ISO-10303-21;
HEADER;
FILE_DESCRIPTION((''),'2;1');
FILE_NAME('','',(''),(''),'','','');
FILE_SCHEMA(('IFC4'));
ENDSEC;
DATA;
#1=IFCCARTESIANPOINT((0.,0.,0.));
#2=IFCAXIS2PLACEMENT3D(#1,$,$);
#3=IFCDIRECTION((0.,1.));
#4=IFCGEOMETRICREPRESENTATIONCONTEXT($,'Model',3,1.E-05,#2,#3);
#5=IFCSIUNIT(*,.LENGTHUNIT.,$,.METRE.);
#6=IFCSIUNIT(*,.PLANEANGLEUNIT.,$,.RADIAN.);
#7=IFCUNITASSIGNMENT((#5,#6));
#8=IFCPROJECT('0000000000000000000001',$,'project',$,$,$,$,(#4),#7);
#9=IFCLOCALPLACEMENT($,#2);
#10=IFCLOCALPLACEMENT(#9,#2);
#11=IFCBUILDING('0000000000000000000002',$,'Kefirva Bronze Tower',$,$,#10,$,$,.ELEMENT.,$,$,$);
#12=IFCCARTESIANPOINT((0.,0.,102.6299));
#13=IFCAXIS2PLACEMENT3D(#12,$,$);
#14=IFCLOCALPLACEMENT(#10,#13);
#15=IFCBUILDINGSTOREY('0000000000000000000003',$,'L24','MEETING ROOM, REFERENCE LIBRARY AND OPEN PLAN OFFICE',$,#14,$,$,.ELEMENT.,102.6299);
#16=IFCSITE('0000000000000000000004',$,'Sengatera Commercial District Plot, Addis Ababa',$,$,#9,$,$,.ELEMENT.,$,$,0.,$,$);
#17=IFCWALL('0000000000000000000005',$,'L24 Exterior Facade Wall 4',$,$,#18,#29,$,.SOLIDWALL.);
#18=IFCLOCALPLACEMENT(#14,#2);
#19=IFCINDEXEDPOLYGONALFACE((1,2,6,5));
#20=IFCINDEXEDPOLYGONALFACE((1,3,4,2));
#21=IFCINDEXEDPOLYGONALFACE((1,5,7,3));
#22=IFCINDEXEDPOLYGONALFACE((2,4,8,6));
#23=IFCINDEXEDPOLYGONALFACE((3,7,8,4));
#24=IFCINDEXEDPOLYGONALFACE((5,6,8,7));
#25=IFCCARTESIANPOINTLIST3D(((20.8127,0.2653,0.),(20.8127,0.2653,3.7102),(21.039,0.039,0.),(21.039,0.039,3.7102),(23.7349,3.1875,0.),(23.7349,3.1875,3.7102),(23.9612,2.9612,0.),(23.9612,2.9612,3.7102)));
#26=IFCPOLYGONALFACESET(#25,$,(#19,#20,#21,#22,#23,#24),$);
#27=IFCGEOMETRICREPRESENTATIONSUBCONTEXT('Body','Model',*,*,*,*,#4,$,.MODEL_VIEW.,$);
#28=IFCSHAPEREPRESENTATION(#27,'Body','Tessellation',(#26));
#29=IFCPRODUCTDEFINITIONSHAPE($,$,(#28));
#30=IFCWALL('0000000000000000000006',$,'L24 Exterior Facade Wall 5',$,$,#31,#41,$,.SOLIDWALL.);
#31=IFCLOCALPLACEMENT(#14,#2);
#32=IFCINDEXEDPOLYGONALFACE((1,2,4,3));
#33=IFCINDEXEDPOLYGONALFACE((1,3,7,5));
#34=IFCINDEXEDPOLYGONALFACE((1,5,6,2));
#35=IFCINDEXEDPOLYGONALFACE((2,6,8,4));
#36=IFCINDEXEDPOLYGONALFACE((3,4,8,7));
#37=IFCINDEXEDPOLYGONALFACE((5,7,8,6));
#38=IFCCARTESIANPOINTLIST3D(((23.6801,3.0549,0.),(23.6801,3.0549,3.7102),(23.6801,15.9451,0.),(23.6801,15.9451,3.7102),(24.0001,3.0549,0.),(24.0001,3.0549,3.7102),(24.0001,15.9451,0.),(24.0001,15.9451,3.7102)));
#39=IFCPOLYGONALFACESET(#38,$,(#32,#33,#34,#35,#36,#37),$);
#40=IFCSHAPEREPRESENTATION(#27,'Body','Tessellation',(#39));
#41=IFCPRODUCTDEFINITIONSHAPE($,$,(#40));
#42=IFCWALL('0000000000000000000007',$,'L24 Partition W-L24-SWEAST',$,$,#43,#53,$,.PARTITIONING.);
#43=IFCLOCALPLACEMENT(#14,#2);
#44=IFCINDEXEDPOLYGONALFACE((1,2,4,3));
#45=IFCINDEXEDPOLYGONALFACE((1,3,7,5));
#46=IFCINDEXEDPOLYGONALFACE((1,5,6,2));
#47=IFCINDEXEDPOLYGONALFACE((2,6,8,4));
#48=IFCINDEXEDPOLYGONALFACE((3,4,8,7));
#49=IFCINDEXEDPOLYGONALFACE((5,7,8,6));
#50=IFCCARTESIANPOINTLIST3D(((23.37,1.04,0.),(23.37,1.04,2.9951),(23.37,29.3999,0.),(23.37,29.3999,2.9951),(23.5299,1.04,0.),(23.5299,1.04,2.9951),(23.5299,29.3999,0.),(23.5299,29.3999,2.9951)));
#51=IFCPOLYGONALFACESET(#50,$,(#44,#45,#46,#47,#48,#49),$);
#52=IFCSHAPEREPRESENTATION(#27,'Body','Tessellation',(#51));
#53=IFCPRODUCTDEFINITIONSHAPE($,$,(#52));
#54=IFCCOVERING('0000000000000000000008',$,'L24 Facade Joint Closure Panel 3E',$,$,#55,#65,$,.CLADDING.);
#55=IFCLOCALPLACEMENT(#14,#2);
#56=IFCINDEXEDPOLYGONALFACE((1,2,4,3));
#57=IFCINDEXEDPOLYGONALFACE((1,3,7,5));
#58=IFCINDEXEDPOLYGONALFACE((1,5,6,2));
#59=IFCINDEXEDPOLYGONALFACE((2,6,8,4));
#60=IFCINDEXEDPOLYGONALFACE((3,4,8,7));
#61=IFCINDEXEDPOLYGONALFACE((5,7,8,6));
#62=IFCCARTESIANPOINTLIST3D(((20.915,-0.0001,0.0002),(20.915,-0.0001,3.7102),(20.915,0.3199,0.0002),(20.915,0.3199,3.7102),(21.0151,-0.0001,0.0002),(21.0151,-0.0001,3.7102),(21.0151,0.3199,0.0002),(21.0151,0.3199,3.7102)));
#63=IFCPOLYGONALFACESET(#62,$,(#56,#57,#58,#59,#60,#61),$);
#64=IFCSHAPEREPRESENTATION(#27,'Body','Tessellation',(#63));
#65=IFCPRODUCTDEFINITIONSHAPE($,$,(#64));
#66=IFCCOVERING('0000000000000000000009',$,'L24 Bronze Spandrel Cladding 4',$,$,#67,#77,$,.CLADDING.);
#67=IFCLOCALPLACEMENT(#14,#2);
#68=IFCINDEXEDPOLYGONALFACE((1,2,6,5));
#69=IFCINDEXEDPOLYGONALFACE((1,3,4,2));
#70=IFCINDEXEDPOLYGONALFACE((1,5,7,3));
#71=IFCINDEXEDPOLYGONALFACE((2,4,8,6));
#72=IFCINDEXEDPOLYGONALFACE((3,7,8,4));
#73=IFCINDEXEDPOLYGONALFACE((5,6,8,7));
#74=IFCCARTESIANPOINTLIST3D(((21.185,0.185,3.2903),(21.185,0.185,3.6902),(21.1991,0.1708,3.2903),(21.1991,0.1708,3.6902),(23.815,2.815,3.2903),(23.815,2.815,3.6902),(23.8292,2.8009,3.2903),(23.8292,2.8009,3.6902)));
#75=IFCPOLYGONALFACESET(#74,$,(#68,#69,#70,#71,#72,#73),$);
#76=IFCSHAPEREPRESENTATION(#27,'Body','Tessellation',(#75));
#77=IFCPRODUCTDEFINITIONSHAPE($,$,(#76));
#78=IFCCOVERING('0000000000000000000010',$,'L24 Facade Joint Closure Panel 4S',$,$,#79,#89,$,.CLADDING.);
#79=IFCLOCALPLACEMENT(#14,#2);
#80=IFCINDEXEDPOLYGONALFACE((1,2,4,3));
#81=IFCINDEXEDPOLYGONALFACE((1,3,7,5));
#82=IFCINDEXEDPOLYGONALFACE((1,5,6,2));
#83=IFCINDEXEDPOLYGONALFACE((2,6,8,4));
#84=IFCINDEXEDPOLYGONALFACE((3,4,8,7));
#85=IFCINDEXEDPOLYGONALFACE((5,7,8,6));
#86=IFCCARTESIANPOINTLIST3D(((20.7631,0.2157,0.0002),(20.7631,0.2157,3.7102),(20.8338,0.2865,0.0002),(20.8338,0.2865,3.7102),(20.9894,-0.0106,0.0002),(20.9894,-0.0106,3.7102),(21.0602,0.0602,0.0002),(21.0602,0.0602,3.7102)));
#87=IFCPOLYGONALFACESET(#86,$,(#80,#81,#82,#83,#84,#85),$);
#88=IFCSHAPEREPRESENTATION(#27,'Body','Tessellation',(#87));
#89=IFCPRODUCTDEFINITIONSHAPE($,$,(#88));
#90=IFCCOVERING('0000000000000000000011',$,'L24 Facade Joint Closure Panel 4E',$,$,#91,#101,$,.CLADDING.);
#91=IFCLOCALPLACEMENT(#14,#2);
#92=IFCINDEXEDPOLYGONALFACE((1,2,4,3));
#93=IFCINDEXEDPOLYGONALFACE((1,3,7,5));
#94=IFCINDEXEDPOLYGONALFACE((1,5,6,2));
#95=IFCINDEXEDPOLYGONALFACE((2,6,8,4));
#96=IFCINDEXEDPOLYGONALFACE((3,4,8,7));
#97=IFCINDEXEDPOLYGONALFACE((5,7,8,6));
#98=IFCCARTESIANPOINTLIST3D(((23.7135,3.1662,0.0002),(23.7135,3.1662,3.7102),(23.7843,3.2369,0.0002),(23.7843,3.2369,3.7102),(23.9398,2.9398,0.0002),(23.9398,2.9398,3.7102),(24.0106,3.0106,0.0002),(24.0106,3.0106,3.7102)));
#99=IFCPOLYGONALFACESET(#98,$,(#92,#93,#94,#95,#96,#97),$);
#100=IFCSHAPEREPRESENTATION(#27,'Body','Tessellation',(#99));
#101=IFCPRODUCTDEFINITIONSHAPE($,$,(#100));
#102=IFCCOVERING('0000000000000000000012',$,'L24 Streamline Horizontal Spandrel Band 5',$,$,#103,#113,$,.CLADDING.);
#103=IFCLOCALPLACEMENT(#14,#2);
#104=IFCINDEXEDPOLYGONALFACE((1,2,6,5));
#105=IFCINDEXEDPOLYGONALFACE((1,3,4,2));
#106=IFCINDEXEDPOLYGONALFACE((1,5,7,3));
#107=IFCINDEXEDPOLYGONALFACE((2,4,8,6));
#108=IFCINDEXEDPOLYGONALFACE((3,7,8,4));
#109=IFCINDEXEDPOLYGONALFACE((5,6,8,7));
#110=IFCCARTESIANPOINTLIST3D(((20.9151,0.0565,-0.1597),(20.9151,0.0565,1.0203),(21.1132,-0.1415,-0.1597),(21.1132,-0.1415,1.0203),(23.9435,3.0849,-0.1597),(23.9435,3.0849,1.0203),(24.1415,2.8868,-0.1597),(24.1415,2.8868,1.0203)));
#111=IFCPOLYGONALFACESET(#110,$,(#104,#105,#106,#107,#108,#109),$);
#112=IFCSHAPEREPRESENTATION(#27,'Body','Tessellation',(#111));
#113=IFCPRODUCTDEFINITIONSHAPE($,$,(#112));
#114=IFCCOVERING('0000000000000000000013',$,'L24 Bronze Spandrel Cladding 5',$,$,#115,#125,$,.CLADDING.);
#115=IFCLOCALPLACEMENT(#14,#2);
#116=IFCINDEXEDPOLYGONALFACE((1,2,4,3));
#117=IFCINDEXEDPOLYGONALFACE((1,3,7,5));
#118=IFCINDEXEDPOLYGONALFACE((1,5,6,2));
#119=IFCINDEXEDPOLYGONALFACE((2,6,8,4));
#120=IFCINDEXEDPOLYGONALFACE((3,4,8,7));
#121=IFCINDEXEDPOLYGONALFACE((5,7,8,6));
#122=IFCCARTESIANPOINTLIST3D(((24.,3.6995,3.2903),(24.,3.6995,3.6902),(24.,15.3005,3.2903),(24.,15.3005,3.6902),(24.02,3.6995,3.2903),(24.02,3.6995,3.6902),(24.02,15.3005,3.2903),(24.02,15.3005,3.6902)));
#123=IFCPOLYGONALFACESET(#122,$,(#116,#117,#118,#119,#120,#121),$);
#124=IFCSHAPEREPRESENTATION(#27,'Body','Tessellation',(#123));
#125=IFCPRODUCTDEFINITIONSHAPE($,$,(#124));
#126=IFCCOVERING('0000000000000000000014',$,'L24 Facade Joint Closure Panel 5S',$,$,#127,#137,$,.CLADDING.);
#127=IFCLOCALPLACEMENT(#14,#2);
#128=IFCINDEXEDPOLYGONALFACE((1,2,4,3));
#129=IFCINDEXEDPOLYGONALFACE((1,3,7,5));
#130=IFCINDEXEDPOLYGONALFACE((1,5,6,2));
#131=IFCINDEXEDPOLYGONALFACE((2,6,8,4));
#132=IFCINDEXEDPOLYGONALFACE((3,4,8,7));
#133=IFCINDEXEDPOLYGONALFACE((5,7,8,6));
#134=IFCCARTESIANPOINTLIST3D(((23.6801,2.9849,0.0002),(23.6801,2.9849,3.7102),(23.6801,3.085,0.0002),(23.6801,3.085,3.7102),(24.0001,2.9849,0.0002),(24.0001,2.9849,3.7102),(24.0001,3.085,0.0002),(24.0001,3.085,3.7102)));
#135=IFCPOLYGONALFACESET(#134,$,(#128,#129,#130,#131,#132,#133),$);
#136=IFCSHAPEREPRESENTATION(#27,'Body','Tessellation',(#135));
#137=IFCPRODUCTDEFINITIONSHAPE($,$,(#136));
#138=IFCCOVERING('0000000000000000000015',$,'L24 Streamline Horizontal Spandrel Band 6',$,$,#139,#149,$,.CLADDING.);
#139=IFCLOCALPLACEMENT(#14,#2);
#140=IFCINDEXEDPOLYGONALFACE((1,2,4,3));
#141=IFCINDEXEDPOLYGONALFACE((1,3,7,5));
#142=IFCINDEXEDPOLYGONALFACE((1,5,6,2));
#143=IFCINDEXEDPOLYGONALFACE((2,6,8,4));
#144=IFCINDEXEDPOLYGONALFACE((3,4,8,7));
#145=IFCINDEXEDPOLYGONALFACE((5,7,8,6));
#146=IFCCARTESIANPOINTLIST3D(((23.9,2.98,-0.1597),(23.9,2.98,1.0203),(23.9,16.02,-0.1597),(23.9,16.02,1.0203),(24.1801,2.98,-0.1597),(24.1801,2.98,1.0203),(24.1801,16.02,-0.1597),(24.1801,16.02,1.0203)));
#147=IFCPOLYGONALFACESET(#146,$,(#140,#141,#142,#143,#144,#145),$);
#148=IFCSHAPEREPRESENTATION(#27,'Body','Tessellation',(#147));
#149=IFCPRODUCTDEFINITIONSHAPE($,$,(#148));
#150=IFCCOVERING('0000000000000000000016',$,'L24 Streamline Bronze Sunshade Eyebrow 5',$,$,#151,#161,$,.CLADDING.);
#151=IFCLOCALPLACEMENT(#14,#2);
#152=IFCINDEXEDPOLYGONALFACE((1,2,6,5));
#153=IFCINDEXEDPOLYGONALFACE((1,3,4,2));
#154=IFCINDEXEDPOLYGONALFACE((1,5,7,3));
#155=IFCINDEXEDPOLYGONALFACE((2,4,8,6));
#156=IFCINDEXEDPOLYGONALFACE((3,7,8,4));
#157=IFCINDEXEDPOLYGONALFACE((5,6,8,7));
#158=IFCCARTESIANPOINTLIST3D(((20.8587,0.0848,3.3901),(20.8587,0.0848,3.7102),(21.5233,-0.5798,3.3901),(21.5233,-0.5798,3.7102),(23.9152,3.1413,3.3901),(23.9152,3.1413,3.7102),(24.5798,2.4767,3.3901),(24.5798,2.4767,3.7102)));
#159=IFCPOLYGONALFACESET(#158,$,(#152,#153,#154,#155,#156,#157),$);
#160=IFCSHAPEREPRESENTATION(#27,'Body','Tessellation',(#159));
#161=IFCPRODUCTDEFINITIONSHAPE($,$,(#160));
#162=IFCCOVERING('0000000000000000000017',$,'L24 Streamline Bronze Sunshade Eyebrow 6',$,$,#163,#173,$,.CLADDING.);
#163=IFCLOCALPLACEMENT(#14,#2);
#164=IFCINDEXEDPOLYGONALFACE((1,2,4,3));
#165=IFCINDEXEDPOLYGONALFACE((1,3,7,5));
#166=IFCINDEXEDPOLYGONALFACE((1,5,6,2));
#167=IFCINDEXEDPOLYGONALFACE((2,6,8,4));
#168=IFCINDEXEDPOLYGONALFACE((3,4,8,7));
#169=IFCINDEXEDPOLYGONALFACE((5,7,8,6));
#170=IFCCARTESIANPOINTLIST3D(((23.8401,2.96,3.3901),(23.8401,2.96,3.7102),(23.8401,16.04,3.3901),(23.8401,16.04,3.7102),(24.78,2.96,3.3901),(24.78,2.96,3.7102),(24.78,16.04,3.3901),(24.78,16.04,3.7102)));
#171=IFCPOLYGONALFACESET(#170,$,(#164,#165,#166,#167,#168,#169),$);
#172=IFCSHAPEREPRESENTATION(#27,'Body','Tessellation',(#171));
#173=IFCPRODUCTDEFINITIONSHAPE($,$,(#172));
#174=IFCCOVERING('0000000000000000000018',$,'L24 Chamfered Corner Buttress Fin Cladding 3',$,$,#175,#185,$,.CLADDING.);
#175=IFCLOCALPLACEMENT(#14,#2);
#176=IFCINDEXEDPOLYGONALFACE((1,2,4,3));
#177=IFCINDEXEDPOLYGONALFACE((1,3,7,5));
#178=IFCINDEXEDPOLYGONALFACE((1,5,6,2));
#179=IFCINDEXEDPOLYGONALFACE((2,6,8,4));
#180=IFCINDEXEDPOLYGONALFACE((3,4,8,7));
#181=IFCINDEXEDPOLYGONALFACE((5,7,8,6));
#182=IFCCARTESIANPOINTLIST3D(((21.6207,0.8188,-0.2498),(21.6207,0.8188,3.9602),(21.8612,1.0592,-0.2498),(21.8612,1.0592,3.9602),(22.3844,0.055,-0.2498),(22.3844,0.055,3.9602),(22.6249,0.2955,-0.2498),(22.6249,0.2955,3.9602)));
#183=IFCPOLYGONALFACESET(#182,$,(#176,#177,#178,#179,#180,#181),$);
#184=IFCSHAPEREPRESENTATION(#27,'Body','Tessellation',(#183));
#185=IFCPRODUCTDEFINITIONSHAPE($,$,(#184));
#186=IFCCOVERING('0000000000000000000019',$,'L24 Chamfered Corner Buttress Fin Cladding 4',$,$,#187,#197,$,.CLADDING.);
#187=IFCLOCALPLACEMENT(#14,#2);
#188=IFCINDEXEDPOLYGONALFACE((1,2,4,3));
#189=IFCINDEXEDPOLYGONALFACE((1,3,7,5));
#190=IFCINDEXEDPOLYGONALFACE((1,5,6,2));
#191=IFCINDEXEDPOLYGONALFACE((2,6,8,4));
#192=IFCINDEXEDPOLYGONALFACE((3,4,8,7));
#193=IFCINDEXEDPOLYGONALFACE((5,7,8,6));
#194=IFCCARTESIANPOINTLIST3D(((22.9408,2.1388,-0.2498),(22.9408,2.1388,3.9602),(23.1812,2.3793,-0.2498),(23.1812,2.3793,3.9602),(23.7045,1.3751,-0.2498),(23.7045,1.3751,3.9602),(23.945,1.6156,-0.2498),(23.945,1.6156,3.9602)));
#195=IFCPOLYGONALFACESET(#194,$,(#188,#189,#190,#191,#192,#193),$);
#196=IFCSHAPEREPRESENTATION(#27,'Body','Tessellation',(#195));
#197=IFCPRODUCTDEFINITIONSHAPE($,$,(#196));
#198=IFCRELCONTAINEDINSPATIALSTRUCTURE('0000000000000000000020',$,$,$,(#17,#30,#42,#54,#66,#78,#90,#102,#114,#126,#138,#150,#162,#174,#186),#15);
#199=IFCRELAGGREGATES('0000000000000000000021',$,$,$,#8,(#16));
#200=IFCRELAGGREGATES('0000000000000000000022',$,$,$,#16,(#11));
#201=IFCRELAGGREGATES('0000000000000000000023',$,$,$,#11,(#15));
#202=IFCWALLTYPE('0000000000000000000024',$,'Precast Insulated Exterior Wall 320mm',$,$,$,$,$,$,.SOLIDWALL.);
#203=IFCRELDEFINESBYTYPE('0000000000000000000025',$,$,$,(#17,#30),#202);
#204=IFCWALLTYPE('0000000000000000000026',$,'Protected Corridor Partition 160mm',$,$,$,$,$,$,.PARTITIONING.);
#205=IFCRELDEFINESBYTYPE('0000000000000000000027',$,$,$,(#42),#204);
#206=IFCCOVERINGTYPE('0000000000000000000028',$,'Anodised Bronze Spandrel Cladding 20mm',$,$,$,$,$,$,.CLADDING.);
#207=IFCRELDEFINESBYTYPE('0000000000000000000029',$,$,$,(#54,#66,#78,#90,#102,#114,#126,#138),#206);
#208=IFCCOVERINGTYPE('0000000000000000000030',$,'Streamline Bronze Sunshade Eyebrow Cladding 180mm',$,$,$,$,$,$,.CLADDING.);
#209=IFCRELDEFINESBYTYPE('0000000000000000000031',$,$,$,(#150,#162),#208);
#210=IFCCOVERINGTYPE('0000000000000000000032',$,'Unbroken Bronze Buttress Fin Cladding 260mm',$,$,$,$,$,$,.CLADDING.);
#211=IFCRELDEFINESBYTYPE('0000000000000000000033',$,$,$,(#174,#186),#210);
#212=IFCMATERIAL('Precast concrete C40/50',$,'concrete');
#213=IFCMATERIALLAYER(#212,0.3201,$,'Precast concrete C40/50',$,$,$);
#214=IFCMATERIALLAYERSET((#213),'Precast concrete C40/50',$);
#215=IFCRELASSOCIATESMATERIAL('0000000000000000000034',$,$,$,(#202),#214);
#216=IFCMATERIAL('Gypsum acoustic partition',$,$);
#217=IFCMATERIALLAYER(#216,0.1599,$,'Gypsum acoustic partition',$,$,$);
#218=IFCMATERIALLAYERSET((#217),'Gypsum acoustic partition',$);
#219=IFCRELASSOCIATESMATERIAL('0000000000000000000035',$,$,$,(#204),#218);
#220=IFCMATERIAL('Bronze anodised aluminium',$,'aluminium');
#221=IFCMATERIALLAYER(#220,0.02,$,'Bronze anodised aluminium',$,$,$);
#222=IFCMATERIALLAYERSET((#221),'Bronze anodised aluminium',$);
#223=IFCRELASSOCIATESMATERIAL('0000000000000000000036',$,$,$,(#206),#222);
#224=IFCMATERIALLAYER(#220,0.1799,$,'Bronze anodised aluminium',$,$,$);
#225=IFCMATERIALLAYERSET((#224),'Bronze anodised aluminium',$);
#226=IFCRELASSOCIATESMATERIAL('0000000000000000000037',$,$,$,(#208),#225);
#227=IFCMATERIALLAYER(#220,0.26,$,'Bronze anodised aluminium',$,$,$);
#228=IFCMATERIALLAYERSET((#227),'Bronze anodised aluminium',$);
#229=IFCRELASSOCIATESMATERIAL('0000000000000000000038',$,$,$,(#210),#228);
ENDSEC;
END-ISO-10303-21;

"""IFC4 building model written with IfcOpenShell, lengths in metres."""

from ifc_helpers import new_model, si_unit, direction, frame, frame_2d, origin, origin_2d, place, context, subcontext, project, spatial, rectangle, extrude, material, layer, layer_set, type_object, element, save


model = new_model("IFC4")

# Units and contexts
model_context = context("Model", 3, precision=1e-05, world=origin(), true_north=direction((0.0, 1.0)))
body_context = subcontext(model_context, "Body", "Model", "MODEL_VIEW")
ifc_project = project(units=[si_unit("LENGTHUNIT", "METRE"), si_unit("PLANEANGLEUNIT", "RADIAN")], contexts=[model_context])

# Site, building, storey
site_placement = place(None, origin())
site = spatial("IfcSite", under=ifc_project, at=site_placement, Name="Sengatera Commercial District Plot, Addis Ababa", CompositionType="ELEMENT", RefElevation=0.0)
building_placement = place(site_placement, origin())
building = spatial("IfcBuilding", under=site, at=building_placement, Name="Kefirva Bronze Tower", CompositionType="ELEMENT")
storey_placement = place(building_placement, frame((0.0, 0.0, 102.6299)))
storey = spatial("IfcBuildingStorey", under=building, at=storey_placement, Name="L24", Description="MEETING ROOM, REFERENCE LIBRARY AND OPEN PLAN OFFICE", CompositionType="ELEMENT", Elevation=102.6299)

# Walls
ifc_material_1 = material(Name="Precast concrete C40/50", Category="concrete")
ifc_layer_1 = layer(ifc_material_1, 0.3201, Name="Precast concrete C40/50")
ifc_layer_set_1 = layer_set([ifc_layer_1], Name="Precast concrete C40/50")
wall_type_1 = type_object("IfcWallType", Name="Precast Insulated Exterior Wall 320mm", PredefinedType="SOLIDWALL", material=ifc_layer_set_1)
wall_1_placement = place(storey_placement, frame((20.9258, 0.1521, 0.0), z_axis=(0.0, 0.0, 1.0), x_axis=(0.707107, 0.707107, 0.0)))
element("IfcWall", 1, at=wall_1_placement, inside=storey, type_object=wall_type_1, Name="L24 Exterior Facade Wall 4", PredefinedType="SOLIDWALL", context=body_context, shape_type="SweptSolid", body=[
    extrude(rectangle(XDim=4.1326, YDim=0.3201, at=frame_2d((2.0664, 0.0))), origin(), (0.0, 0.0, 1.0), 3.7102),
])
wall_2_placement = place(storey_placement, frame((23.8401, 3.0549, 0.0), z_axis=(0.0, 0.0, 1.0), x_axis=(0.0, 1.0, 0.0)))
element("IfcWall", 2, at=wall_2_placement, inside=storey, type_object=wall_type_1, Name="L24 Exterior Facade Wall 5", PredefinedType="SOLIDWALL", context=body_context, shape_type="SweptSolid", body=[
    extrude(rectangle(XDim=12.8901, YDim=0.3201, at=frame_2d((6.4451, 0.0))), origin(), (0.0, 0.0, 1.0), 3.7102),
])
ifc_material_2 = material(Name="Gypsum acoustic partition")
ifc_layer_2 = layer(ifc_material_2, 0.1599, Name="Gypsum acoustic partition")
ifc_layer_set_2 = layer_set([ifc_layer_2], Name="Gypsum acoustic partition")
wall_type_2 = type_object("IfcWallType", Name="Protected Corridor Partition 160mm", PredefinedType="PARTITIONING", material=ifc_layer_set_2)
wall_3_placement = place(storey_placement, frame((23.45, 1.04, 0.0), z_axis=(0.0, 0.0, 1.0), x_axis=(0.0, 1.0, 0.0)))
element("IfcWall", 3, at=wall_3_placement, inside=storey, type_object=wall_type_2, Name="L24 Partition W-L24-SWEAST", PredefinedType="PARTITIONING", context=body_context, shape_type="SweptSolid", body=[
    extrude(rectangle(XDim=28.3599, YDim=0.1599, at=frame_2d((14.1799, 0.0))), origin(), (0.0, 0.0, 1.0), 2.9951),
])

# Coverings
ifc_material_3 = material(Name="Bronze anodised aluminium", Category="aluminium")
ifc_layer_3 = layer(ifc_material_3, 0.02, Name="Bronze anodised aluminium")
ifc_layer_set_3 = layer_set([ifc_layer_3], Name="Bronze anodised aluminium")
covering_type_1 = type_object("IfcCoveringType", Name="Anodised Bronze Spandrel Cladding 20mm", PredefinedType="CLADDING", material=ifc_layer_set_3)
covering_1_placement = place(storey_placement, frame((20.9651, 0.1599, 0.0002), z_axis=(0.0, 0.0, 1.0), x_axis=(1.0, 0.0, 0.0)))
element("IfcCovering", 4, at=covering_1_placement, inside=storey, type_object=covering_type_1, Name="L24 Facade Joint Closure Panel 3E", PredefinedType="CLADDING", context=body_context, shape_type="SweptSolid", body=[
    extrude(rectangle(XDim=0.1001, YDim=0.3201, at=origin_2d()), origin(), (0.0, 0.0, 1.0), 3.71),
])
covering_2_placement = place(storey_placement, frame((22.5071, 1.4929, 3.2903), z_axis=(0.0, 0.0, 1.0), x_axis=(0.707107, 0.707107, 0.0)))
element("IfcCovering", 5, at=covering_2_placement, inside=storey, type_object=covering_type_1, Name="L24 Bronze Spandrel Cladding 4", PredefinedType="CLADDING", context=body_context, shape_type="SweptSolid", body=[
    extrude(rectangle(XDim=3.7195, YDim=0.02, at=origin_2d()), origin(), (0.0, 0.0, 1.0), 0.3999),
])
for number, where, z_axis, x_axis, name in (
    (6, (20.9116, 0.1379, 0.0002), (0.0, 0.0, 1.0), (0.707107, 0.707107, 0.0), "L24 Facade Joint Closure Panel 4S"),
    (7, (23.8621, 3.0884, 0.0002), (0.0, 0.0, 1.0), (0.707107, 0.707107, 0.0), "L24 Facade Joint Closure Panel 4E"),
):
    element("IfcCovering", number, at=place(storey_placement, frame(where, z_axis=z_axis, x_axis=x_axis)), inside=storey, type_object=covering_type_1, Name=name, PredefinedType="CLADDING", context=body_context, shape_type="SweptSolid", body=[
        extrude(rectangle(XDim=0.1001, YDim=0.3201, at=origin_2d()), origin(), (0.0, 0.0, 1.0), 3.71),
    ])
covering_3_placement = place(storey_placement, frame((22.5283, 1.4717, -0.1597), z_axis=(0.0, 0.0, 1.0), x_axis=(0.707107, 0.707107, 0.0)))
element("IfcCovering", 8, at=covering_3_placement, inside=storey, type_object=covering_type_1, Name="L24 Streamline Horizontal Spandrel Band 5", PredefinedType="CLADDING", context=body_context, shape_type="SweptSolid", body=[
    extrude(rectangle(XDim=4.2827, YDim=0.28, at=origin_2d()), origin(), (0.0, 0.0, 1.0), 1.1799),
])
covering_4_placement = place(storey_placement, frame((24.01, 9.5, 3.2903), z_axis=(0.0, 0.0, 1.0), x_axis=(0.0, 1.0, 0.0)))
element("IfcCovering", 9, at=covering_4_placement, inside=storey, type_object=covering_type_1, Name="L24 Bronze Spandrel Cladding 5", PredefinedType="CLADDING", context=body_context, shape_type="SweptSolid", body=[
    extrude(rectangle(XDim=11.6011, YDim=0.02, at=origin_2d()), origin(), (0.0, 0.0, 1.0), 0.3999),
])
covering_5_placement = place(storey_placement, frame((23.8401, 3.0349, 0.0002), z_axis=(0.0, 0.0, 1.0), x_axis=(0.0, 1.0, 0.0)))
element("IfcCovering", 10, at=covering_5_placement, inside=storey, type_object=covering_type_1, Name="L24 Facade Joint Closure Panel 5S", PredefinedType="CLADDING", context=body_context, shape_type="SweptSolid", body=[
    extrude(rectangle(XDim=0.1001, YDim=0.3201, at=origin_2d()), origin(), (0.0, 0.0, 1.0), 3.71),
])
covering_6_placement = place(storey_placement, frame((24.04, 9.5, -0.1597), z_axis=(0.0, 0.0, 1.0), x_axis=(0.0, 1.0, 0.0)))
element("IfcCovering", 11, at=covering_6_placement, inside=storey, type_object=covering_type_1, Name="L24 Streamline Horizontal Spandrel Band 6", PredefinedType="CLADDING", context=body_context, shape_type="SweptSolid", body=[
    extrude(rectangle(XDim=13.04, YDim=0.28, at=origin_2d()), origin(), (0.0, 0.0, 1.0), 1.1799),
])
ifc_layer_4 = layer(ifc_material_3, 0.1799, Name="Bronze anodised aluminium")
ifc_layer_set_4 = layer_set([ifc_layer_4], Name="Bronze anodised aluminium")
covering_type_2 = type_object("IfcCoveringType", Name="Streamline Bronze Sunshade Eyebrow Cladding 180mm", PredefinedType="CLADDING", material=ifc_layer_set_4)
covering_7_placement = place(storey_placement, frame((22.7192, 1.2808, 3.3901), z_axis=(0.0, 0.0, 1.0), x_axis=(0.707107, 0.707107, 0.0)))
element("IfcCovering", 12, at=covering_7_placement, inside=storey, type_object=covering_type_2, Name="L24 Streamline Bronze Sunshade Eyebrow 5", PredefinedType="CLADDING", context=body_context, shape_type="SweptSolid", body=[
    extrude(rectangle(XDim=4.3225, YDim=0.9399, at=origin_2d()), origin(), (0.0, 0.0, 1.0), 0.3201),
])
covering_8_placement = place(storey_placement, frame((24.3101, 9.5, 3.3901), z_axis=(0.0, 0.0, 1.0), x_axis=(0.0, 1.0, 0.0)))
element("IfcCovering", 13, at=covering_8_placement, inside=storey, type_object=covering_type_2, Name="L24 Streamline Bronze Sunshade Eyebrow 6", PredefinedType="CLADDING", context=body_context, shape_type="SweptSolid", body=[
    extrude(rectangle(XDim=13.0801, YDim=0.9399, at=origin_2d()), origin(), (0.0, 0.0, 1.0), 0.3201),
])
ifc_layer_5 = layer(ifc_material_3, 0.26, Name="Bronze anodised aluminium")
ifc_layer_set_5 = layer_set([ifc_layer_5], Name="Bronze anodised aluminium")
covering_type_3 = type_object("IfcCoveringType", Name="Unbroken Bronze Buttress Fin Cladding 260mm", PredefinedType="CLADDING", material=ifc_layer_set_5)
for number, where, z_axis, x_axis, name in (
    (14, (22.1228, 0.5571, -0.2498), (0.0, 0.0, 1.0), (0.707107, 0.707107, 0.0), "L24 Chamfered Corner Buttress Fin Cladding 3"),
    (15, (23.4429, 1.8772, -0.2498), (0.0, 0.0, 1.0), (0.707107, 0.707107, 0.0), "L24 Chamfered Corner Buttress Fin Cladding 4"),
):
    element("IfcCovering", number, at=place(storey_placement, frame(where, z_axis=z_axis, x_axis=x_axis)), inside=storey, type_object=covering_type_3, Name=name, PredefinedType="CLADDING", context=body_context, shape_type="SweptSolid", body=[
        extrude(rectangle(XDim=0.3401, YDim=1.0801, at=origin_2d()), origin(), (0.0, 0.0, 1.0), 4.21),
    ])

save(model, "model.ifc")
